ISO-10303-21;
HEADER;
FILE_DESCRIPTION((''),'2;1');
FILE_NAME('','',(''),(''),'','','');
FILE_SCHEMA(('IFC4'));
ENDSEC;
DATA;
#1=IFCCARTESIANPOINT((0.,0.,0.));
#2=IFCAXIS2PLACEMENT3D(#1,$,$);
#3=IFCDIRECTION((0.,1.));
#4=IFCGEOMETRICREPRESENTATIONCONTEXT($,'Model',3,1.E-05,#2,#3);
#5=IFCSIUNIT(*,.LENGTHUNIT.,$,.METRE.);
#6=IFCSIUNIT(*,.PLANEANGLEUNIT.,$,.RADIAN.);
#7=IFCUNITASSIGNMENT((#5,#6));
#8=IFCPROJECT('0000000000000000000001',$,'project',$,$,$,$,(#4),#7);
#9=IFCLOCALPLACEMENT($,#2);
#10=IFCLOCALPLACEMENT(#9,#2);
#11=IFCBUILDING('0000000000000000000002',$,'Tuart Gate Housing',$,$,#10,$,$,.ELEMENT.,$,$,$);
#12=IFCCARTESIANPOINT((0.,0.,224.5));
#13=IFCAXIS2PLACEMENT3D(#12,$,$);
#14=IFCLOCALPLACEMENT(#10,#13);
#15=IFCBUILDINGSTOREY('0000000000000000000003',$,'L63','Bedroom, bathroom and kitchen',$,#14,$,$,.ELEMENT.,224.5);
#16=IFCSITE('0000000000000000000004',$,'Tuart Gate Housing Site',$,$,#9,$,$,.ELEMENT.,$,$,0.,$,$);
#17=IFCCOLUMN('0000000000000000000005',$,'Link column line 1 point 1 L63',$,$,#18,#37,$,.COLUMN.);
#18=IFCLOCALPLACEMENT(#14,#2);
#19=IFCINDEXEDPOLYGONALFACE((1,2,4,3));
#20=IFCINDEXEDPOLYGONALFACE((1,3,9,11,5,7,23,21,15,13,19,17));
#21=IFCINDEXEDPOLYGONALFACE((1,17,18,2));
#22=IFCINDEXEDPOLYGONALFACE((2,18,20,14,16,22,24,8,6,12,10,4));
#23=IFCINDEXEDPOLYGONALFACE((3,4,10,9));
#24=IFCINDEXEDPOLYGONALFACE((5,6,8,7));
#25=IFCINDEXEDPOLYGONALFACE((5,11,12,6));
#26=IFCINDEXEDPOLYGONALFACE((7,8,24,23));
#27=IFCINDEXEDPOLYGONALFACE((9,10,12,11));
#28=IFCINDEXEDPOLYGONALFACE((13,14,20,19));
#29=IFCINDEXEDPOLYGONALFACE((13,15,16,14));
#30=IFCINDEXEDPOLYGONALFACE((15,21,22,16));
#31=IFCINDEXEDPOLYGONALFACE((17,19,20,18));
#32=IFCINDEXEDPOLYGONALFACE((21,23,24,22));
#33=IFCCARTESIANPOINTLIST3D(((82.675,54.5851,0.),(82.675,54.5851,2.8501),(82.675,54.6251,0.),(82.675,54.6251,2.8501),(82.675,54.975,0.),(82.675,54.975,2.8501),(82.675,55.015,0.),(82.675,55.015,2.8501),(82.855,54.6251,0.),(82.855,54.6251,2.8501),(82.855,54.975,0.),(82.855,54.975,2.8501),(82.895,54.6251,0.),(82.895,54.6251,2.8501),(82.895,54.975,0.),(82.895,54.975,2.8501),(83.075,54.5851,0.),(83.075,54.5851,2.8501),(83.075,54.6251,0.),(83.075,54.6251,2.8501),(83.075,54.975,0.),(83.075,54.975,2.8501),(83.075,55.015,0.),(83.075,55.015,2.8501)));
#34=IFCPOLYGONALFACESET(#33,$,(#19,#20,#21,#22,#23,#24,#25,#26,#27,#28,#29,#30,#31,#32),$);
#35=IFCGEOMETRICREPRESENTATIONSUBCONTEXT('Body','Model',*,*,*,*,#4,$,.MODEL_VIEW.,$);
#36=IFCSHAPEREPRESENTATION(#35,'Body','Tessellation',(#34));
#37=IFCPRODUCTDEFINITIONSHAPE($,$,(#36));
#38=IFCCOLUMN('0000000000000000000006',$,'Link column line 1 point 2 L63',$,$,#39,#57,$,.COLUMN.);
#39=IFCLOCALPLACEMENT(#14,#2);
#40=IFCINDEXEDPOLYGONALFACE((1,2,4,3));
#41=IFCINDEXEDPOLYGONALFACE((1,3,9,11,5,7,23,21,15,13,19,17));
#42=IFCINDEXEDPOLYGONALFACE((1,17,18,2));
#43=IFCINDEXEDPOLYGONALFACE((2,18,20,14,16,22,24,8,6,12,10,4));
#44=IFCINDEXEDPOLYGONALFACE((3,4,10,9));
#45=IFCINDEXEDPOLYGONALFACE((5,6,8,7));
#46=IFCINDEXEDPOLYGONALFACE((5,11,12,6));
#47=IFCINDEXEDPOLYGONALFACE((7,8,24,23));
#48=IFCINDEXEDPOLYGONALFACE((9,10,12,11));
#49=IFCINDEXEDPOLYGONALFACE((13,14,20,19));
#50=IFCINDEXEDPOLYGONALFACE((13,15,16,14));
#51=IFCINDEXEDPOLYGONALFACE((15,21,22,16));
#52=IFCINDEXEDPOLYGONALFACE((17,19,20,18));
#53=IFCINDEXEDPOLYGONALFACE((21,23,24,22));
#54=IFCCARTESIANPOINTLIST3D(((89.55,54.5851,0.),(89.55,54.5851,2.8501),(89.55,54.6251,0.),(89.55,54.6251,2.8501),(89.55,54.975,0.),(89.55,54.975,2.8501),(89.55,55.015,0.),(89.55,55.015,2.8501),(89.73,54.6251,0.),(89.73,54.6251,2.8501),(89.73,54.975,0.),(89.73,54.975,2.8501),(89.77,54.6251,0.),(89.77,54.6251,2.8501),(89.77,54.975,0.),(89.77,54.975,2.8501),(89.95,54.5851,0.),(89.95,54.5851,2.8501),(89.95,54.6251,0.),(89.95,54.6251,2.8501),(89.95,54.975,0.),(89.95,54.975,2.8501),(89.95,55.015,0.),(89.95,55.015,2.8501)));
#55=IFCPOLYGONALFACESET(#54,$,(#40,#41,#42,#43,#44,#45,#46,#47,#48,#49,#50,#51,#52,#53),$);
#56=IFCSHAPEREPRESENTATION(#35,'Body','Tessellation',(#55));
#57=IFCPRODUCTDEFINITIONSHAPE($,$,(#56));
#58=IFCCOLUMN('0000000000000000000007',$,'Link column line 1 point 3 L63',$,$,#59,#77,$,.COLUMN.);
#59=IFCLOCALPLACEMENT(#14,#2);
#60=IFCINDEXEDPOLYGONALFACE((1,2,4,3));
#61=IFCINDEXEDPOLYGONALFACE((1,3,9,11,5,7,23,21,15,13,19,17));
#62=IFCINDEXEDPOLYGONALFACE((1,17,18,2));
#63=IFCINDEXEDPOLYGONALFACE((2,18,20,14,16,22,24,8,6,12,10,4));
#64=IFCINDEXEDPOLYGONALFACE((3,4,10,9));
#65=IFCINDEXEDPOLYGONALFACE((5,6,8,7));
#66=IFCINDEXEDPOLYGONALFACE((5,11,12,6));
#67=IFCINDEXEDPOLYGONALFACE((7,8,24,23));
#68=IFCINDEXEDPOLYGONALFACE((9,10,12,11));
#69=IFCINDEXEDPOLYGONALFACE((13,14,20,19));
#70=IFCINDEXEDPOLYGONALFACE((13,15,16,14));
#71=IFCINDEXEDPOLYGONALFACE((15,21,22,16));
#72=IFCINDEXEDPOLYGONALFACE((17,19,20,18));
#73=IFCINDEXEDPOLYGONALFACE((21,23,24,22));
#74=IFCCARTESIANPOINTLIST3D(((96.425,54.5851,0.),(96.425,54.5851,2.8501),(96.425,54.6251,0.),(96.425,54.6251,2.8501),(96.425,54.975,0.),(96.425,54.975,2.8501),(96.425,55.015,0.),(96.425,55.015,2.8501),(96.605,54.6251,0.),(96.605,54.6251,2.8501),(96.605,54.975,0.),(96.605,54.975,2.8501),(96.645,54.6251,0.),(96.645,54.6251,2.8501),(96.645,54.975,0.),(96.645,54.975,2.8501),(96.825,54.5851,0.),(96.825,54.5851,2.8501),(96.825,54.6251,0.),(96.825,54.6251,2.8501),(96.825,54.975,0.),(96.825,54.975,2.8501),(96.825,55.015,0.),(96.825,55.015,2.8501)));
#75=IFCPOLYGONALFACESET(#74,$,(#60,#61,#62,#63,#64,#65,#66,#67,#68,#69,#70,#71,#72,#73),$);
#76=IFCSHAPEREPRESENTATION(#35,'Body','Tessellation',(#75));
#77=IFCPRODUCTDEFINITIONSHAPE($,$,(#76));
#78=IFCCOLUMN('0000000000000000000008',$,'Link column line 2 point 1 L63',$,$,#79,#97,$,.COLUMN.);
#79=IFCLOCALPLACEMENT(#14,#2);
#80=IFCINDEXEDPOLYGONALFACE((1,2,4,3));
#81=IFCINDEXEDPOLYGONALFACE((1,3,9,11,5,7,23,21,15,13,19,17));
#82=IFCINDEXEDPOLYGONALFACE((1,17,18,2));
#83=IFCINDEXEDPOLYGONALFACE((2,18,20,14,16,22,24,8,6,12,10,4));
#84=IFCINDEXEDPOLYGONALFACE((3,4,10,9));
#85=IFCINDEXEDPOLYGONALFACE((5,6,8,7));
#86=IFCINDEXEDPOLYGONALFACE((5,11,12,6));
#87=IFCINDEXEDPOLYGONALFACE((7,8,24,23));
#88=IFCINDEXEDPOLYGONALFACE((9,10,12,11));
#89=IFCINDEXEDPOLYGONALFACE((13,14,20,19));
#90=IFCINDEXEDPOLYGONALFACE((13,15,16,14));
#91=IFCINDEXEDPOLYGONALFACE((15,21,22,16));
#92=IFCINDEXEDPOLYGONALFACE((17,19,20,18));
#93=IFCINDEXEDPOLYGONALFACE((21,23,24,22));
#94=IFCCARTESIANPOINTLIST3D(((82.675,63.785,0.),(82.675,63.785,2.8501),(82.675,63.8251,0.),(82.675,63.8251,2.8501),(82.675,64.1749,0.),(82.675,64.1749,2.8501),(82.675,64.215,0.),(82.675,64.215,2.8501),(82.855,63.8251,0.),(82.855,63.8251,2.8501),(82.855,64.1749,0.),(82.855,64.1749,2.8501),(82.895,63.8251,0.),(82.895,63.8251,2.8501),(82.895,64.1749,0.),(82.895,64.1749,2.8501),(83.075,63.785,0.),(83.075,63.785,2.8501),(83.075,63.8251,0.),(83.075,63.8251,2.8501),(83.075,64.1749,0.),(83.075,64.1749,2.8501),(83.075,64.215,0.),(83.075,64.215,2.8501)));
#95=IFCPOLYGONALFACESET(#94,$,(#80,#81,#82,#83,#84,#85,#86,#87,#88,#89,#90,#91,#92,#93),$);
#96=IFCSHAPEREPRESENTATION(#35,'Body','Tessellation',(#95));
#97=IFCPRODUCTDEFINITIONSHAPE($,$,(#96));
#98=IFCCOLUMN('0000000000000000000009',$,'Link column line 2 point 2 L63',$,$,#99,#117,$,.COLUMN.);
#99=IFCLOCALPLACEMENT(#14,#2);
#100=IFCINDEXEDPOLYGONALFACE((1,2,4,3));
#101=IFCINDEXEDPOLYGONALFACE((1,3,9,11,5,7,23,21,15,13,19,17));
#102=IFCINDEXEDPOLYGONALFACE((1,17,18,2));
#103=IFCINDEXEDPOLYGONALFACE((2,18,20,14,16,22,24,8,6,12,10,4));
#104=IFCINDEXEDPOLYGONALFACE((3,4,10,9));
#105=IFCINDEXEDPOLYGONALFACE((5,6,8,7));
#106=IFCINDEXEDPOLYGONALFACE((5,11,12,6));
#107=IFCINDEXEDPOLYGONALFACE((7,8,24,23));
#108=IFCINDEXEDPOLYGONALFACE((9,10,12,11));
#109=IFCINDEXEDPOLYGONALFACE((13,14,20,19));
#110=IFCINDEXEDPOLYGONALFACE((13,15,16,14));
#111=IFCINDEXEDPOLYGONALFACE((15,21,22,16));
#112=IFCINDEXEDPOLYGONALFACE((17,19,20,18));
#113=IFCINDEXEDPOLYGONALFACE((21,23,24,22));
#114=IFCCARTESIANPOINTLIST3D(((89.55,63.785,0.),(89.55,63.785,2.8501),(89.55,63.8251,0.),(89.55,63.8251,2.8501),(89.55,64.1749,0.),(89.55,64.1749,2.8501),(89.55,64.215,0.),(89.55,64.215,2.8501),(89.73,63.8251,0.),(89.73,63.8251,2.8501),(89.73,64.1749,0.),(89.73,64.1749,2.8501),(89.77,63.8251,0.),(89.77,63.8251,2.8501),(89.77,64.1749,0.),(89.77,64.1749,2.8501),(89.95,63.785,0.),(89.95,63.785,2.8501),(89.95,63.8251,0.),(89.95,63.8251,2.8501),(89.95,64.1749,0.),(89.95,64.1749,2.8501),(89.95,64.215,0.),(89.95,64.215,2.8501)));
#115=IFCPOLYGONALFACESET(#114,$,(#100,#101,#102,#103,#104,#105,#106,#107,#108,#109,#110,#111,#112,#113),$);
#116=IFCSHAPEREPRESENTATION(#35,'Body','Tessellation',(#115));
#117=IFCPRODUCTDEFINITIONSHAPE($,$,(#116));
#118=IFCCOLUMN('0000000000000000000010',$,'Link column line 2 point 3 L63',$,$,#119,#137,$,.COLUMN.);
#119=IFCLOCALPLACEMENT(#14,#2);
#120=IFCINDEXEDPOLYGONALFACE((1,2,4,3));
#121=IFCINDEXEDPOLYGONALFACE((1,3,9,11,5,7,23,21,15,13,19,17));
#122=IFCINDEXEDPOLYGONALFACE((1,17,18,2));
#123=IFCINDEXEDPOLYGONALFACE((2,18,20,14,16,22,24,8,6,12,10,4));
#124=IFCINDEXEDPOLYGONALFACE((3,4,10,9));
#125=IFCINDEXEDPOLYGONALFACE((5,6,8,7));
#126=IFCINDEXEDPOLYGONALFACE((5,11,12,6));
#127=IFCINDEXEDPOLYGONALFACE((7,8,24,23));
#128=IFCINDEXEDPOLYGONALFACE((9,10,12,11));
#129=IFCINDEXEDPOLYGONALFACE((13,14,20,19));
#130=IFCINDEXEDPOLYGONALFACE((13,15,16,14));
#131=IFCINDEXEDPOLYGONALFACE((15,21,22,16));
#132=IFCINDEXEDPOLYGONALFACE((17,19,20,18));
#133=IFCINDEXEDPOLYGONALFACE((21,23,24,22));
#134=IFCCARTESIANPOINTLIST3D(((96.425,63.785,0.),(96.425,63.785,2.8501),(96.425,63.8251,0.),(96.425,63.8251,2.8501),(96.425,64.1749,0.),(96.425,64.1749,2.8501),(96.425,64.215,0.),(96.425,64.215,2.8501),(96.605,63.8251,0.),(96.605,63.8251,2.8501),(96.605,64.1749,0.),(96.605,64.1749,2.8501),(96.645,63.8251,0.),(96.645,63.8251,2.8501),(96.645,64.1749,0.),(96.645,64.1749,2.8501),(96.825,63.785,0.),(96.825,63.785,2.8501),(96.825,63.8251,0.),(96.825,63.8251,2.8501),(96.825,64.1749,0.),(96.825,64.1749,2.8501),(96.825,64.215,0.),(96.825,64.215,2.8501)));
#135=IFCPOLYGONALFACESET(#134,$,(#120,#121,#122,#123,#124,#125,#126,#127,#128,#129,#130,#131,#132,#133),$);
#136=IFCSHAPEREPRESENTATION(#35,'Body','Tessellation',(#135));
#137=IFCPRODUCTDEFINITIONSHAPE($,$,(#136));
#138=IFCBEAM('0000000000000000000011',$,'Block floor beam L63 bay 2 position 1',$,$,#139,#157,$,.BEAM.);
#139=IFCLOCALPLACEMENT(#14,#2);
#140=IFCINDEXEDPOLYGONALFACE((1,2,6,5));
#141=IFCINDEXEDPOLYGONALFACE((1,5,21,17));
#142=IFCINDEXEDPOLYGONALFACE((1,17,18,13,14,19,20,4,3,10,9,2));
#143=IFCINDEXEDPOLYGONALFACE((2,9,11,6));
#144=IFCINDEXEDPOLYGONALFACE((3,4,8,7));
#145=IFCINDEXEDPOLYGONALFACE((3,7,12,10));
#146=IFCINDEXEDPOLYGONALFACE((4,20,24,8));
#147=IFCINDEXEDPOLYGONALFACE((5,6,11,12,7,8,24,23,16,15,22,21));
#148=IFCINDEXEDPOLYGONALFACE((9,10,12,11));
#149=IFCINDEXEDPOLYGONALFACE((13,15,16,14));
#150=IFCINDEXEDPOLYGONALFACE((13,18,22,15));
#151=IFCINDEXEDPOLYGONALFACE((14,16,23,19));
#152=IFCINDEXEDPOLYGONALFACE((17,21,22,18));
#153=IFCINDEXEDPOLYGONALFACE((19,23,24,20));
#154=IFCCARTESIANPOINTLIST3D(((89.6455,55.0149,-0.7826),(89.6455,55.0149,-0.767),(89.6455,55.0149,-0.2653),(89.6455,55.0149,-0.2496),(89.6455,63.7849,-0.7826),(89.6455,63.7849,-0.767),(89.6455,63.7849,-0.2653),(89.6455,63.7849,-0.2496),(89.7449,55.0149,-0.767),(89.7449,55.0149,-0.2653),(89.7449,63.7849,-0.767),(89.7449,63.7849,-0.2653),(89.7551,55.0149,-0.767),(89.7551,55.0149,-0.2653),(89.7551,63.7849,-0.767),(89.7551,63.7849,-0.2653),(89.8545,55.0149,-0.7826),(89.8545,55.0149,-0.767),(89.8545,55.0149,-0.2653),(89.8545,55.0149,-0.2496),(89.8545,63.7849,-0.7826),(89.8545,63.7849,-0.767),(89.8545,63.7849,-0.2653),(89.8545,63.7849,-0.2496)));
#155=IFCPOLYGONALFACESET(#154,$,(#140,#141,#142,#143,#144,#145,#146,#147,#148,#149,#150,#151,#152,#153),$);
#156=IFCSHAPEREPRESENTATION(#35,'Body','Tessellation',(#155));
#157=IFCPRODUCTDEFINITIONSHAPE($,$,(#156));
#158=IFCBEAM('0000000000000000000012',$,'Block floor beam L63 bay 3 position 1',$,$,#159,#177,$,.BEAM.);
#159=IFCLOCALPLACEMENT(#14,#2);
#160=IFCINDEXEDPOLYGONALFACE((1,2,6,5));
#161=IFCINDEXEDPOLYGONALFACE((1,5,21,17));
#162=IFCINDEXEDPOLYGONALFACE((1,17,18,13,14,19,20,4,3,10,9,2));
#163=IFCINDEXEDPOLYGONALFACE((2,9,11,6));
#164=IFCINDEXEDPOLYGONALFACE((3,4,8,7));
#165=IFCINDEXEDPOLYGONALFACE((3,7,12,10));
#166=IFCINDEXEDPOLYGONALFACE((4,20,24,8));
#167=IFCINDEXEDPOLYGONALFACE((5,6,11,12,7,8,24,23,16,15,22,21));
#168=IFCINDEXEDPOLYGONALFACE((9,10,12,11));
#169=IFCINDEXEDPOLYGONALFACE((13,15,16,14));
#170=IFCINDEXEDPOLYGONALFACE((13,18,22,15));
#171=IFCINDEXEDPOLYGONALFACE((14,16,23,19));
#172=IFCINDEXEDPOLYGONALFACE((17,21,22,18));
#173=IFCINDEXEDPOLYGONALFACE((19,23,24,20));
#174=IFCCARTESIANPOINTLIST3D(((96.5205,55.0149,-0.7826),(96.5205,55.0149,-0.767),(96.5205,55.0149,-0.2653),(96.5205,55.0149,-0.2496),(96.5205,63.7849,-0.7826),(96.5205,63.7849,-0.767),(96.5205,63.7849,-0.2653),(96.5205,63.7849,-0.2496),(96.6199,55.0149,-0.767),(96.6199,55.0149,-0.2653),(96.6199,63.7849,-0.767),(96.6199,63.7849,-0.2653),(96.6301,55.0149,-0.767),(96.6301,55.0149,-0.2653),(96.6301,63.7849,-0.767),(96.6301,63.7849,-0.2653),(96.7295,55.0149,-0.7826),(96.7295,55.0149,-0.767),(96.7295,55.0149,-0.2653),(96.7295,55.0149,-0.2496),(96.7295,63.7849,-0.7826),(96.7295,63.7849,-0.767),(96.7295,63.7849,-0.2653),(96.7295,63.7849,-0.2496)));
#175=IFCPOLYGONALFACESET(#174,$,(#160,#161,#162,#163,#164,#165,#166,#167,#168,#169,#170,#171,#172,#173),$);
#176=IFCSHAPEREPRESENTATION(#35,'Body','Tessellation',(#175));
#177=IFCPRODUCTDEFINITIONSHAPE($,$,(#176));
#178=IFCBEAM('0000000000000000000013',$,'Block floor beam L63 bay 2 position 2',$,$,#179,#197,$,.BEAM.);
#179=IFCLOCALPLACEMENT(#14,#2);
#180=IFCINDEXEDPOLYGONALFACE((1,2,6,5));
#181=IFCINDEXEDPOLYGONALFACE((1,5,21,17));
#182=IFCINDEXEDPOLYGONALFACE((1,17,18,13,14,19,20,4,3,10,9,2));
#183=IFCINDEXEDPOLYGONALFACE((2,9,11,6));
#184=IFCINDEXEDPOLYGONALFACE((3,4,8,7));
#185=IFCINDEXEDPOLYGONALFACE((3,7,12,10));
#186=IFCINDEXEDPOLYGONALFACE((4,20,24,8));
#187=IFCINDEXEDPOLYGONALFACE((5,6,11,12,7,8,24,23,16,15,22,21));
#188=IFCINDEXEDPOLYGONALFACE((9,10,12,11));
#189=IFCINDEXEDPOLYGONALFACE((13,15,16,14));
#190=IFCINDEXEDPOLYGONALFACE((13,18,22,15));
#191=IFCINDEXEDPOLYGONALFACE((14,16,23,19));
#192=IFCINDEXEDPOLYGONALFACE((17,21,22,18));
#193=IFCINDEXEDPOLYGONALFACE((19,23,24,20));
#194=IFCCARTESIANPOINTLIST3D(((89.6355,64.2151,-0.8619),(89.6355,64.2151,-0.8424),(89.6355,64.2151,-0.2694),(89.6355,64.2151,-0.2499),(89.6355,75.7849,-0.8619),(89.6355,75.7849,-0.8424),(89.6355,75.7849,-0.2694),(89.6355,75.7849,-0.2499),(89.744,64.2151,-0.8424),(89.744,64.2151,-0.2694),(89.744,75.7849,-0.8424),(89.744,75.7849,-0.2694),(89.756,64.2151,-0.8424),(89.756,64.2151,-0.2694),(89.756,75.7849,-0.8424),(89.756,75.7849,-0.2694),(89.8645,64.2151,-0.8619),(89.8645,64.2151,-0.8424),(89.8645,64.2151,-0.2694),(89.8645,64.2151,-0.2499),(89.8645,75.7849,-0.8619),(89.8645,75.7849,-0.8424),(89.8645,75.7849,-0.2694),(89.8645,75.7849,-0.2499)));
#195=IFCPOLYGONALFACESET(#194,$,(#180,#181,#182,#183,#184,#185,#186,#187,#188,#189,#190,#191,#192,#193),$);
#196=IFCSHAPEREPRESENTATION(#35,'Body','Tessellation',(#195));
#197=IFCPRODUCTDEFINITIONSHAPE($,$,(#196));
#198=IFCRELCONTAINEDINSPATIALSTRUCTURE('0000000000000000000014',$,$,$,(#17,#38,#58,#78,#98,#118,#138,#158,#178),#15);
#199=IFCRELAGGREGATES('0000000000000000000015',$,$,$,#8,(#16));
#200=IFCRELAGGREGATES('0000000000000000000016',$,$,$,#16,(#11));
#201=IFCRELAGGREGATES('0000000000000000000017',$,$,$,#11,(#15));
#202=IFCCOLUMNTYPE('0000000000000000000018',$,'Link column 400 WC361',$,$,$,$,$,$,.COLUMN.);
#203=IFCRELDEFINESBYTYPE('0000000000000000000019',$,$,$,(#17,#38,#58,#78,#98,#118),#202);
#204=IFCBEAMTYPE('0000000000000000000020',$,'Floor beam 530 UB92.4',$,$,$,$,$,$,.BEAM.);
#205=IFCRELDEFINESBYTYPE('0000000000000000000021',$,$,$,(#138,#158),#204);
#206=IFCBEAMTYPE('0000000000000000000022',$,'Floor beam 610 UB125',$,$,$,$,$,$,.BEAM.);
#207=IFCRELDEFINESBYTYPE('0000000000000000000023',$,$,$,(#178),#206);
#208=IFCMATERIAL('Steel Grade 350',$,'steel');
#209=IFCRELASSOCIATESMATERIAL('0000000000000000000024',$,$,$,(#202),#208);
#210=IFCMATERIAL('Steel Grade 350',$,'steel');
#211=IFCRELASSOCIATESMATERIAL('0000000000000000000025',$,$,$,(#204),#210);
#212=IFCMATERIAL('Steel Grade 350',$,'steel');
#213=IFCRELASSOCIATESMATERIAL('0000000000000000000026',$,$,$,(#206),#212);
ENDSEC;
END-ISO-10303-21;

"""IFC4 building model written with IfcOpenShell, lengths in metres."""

from ifc_helpers import new_model, si_unit, direction, frame, origin, origin_2d, place, context, subcontext, project, spatial, i_section, extrude, material, material_profile, profile_set, type_object, element, save


model = new_model("IFC4")

# Units and contexts
model_context = context("Model", 3, precision=1e-05, world=origin(), true_north=direction((0.0, 1.0)))
body_context = subcontext(model_context, "Body", "Model", "MODEL_VIEW")
ifc_project = project(units=[si_unit("LENGTHUNIT", "METRE"), si_unit("PLANEANGLEUNIT", "RADIAN")], contexts=[model_context])

# Site, building, storey
site_placement = place(None, origin())
site = spatial("IfcSite", under=ifc_project, at=site_placement, Name="Tuart Gate Housing Site", CompositionType="ELEMENT", RefElevation=0.0)
building_placement = place(site_placement, origin())
building = spatial("IfcBuilding", under=site, at=building_placement, Name="Tuart Gate Housing", CompositionType="ELEMENT")
storey_placement = place(building_placement, frame((0.0, 0.0, 224.5)))
storey = spatial("IfcBuildingStorey", under=building, at=storey_placement, Name="L63", Description="Bedroom, bathroom and kitchen", CompositionType="ELEMENT", Elevation=224.5)

# Columns
ifc_material_1 = material(Name="Steel Grade 350", Category="steel")
ifc_material_profile_1 = material_profile(ifc_material_1, i_section(OverallWidth=0.3999, OverallDepth=0.4299, WebThickness=0.04, FlangeThickness=0.04, at=origin_2d()), Name="400WC361")
ifc_profile_set_1 = profile_set([ifc_material_profile_1], Name="Steel Grade 350")
column_type = type_object("IfcColumnType", Name="Link column 400 WC361", PredefinedType="COLUMN", material=ifc_profile_set_1)
for number, where, z_axis, x_axis, name in (
    (1, (82.875, 54.8, 0.0), (0.0, 0.0, 1.0), (1.0, 0.0, 0.0), "Link column line 1 point 1 L63"),
    (2, (89.75, 54.8, 0.0), (0.0, 0.0, 1.0), (1.0, 0.0, 0.0), "Link column line 1 point 2 L63"),
    (3, (96.625, 54.8, 0.0), (0.0, 0.0, 1.0), (1.0, 0.0, 0.0), "Link column line 1 point 3 L63"),
    (4, (82.875, 64.0, 0.0), (0.0, 0.0, 1.0), (1.0, 0.0, 0.0), "Link column line 2 point 1 L63"),
    (5, (89.75, 64.0, 0.0), (0.0, 0.0, 1.0), (1.0, 0.0, 0.0), "Link column line 2 point 2 L63"),
    (6, (96.625, 64.0, 0.0), (0.0, 0.0, 1.0), (1.0, 0.0, 0.0), "Link column line 2 point 3 L63"),
):
    element("IfcColumn", number, at=place(storey_placement, frame(where, z_axis=z_axis, x_axis=x_axis)), inside=storey, type_object=column_type, Name=name, PredefinedType="COLUMN", context=body_context, shape_type="SweptSolid", body=[
        extrude(i_section(OverallWidth=0.3999, OverallDepth=0.4299, WebThickness=0.04, FlangeThickness=0.04, at=origin_2d()), origin(), (0.0, 0.0, 1.0), 2.8501),
    ])

# Beams
ifc_material_2 = material(Name="Steel Grade 350", Category="steel")
ifc_material_profile_2 = material_profile(ifc_material_2, i_section(OverallWidth=0.209, OverallDepth=0.533, WebThickness=0.0103, FlangeThickness=0.0156, at=origin_2d()), Name="530UB92.4")
ifc_profile_set_2 = profile_set([ifc_material_profile_2], Name="Steel Grade 350")
beam_type_1 = type_object("IfcBeamType", Name="Floor beam 530 UB92.4", PredefinedType="BEAM", material=ifc_profile_set_2)
for number, where, z_axis, x_axis, name in (
    (7, (89.75, 55.0149, -0.5161), (0.0, 1.0, 0.0), (-1.0, 0.0, 0.0), "Block floor beam L63 bay 2 position 1"),
    (8, (96.625, 55.0149, -0.5161), (0.0, 1.0, 0.0), (-1.0, 0.0, 0.0), "Block floor beam L63 bay 3 position 1"),
):
    element("IfcBeam", number, at=place(storey_placement, frame(where, z_axis=z_axis, x_axis=x_axis)), inside=storey, type_object=beam_type_1, Name=name, PredefinedType="BEAM", context=body_context, shape_type="SweptSolid", body=[
        extrude(i_section(OverallWidth=0.209, OverallDepth=0.533, WebThickness=0.0103, FlangeThickness=0.0156, at=origin_2d()), origin(), (0.0, 0.0, 1.0), 8.77),
    ])
ifc_material_3 = material(Name="Steel Grade 350", Category="steel")
ifc_material_profile_3 = material_profile(ifc_material_3, i_section(OverallWidth=0.229, OverallDepth=0.6121, WebThickness=0.012, FlangeThickness=0.0195, at=origin_2d()), Name="610UB125")
ifc_profile_set_3 = profile_set([ifc_material_profile_3], Name="Steel Grade 350")
beam_type_2 = type_object("IfcBeamType", Name="Floor beam 610 UB125", PredefinedType="BEAM", material=ifc_profile_set_3)
for number, where, z_axis, x_axis, name in (
    (9, (89.75, 64.2151, -0.5559), (0.0, 1.0, 0.0), (-1.0, 0.0, 0.0), "Block floor beam L63 bay 2 position 2"),
):
    element("IfcBeam", number, at=place(storey_placement, frame(where, z_axis=z_axis, x_axis=x_axis)), inside=storey, type_object=beam_type_2, Name=name, PredefinedType="BEAM", context=body_context, shape_type="SweptSolid", body=[
        extrude(i_section(OverallWidth=0.229, OverallDepth=0.6121, WebThickness=0.012, FlangeThickness=0.0195, at=origin_2d()), origin(), (0.0, 0.0, 1.0), 11.5698),
    ])

save(model, "model.ifc")
